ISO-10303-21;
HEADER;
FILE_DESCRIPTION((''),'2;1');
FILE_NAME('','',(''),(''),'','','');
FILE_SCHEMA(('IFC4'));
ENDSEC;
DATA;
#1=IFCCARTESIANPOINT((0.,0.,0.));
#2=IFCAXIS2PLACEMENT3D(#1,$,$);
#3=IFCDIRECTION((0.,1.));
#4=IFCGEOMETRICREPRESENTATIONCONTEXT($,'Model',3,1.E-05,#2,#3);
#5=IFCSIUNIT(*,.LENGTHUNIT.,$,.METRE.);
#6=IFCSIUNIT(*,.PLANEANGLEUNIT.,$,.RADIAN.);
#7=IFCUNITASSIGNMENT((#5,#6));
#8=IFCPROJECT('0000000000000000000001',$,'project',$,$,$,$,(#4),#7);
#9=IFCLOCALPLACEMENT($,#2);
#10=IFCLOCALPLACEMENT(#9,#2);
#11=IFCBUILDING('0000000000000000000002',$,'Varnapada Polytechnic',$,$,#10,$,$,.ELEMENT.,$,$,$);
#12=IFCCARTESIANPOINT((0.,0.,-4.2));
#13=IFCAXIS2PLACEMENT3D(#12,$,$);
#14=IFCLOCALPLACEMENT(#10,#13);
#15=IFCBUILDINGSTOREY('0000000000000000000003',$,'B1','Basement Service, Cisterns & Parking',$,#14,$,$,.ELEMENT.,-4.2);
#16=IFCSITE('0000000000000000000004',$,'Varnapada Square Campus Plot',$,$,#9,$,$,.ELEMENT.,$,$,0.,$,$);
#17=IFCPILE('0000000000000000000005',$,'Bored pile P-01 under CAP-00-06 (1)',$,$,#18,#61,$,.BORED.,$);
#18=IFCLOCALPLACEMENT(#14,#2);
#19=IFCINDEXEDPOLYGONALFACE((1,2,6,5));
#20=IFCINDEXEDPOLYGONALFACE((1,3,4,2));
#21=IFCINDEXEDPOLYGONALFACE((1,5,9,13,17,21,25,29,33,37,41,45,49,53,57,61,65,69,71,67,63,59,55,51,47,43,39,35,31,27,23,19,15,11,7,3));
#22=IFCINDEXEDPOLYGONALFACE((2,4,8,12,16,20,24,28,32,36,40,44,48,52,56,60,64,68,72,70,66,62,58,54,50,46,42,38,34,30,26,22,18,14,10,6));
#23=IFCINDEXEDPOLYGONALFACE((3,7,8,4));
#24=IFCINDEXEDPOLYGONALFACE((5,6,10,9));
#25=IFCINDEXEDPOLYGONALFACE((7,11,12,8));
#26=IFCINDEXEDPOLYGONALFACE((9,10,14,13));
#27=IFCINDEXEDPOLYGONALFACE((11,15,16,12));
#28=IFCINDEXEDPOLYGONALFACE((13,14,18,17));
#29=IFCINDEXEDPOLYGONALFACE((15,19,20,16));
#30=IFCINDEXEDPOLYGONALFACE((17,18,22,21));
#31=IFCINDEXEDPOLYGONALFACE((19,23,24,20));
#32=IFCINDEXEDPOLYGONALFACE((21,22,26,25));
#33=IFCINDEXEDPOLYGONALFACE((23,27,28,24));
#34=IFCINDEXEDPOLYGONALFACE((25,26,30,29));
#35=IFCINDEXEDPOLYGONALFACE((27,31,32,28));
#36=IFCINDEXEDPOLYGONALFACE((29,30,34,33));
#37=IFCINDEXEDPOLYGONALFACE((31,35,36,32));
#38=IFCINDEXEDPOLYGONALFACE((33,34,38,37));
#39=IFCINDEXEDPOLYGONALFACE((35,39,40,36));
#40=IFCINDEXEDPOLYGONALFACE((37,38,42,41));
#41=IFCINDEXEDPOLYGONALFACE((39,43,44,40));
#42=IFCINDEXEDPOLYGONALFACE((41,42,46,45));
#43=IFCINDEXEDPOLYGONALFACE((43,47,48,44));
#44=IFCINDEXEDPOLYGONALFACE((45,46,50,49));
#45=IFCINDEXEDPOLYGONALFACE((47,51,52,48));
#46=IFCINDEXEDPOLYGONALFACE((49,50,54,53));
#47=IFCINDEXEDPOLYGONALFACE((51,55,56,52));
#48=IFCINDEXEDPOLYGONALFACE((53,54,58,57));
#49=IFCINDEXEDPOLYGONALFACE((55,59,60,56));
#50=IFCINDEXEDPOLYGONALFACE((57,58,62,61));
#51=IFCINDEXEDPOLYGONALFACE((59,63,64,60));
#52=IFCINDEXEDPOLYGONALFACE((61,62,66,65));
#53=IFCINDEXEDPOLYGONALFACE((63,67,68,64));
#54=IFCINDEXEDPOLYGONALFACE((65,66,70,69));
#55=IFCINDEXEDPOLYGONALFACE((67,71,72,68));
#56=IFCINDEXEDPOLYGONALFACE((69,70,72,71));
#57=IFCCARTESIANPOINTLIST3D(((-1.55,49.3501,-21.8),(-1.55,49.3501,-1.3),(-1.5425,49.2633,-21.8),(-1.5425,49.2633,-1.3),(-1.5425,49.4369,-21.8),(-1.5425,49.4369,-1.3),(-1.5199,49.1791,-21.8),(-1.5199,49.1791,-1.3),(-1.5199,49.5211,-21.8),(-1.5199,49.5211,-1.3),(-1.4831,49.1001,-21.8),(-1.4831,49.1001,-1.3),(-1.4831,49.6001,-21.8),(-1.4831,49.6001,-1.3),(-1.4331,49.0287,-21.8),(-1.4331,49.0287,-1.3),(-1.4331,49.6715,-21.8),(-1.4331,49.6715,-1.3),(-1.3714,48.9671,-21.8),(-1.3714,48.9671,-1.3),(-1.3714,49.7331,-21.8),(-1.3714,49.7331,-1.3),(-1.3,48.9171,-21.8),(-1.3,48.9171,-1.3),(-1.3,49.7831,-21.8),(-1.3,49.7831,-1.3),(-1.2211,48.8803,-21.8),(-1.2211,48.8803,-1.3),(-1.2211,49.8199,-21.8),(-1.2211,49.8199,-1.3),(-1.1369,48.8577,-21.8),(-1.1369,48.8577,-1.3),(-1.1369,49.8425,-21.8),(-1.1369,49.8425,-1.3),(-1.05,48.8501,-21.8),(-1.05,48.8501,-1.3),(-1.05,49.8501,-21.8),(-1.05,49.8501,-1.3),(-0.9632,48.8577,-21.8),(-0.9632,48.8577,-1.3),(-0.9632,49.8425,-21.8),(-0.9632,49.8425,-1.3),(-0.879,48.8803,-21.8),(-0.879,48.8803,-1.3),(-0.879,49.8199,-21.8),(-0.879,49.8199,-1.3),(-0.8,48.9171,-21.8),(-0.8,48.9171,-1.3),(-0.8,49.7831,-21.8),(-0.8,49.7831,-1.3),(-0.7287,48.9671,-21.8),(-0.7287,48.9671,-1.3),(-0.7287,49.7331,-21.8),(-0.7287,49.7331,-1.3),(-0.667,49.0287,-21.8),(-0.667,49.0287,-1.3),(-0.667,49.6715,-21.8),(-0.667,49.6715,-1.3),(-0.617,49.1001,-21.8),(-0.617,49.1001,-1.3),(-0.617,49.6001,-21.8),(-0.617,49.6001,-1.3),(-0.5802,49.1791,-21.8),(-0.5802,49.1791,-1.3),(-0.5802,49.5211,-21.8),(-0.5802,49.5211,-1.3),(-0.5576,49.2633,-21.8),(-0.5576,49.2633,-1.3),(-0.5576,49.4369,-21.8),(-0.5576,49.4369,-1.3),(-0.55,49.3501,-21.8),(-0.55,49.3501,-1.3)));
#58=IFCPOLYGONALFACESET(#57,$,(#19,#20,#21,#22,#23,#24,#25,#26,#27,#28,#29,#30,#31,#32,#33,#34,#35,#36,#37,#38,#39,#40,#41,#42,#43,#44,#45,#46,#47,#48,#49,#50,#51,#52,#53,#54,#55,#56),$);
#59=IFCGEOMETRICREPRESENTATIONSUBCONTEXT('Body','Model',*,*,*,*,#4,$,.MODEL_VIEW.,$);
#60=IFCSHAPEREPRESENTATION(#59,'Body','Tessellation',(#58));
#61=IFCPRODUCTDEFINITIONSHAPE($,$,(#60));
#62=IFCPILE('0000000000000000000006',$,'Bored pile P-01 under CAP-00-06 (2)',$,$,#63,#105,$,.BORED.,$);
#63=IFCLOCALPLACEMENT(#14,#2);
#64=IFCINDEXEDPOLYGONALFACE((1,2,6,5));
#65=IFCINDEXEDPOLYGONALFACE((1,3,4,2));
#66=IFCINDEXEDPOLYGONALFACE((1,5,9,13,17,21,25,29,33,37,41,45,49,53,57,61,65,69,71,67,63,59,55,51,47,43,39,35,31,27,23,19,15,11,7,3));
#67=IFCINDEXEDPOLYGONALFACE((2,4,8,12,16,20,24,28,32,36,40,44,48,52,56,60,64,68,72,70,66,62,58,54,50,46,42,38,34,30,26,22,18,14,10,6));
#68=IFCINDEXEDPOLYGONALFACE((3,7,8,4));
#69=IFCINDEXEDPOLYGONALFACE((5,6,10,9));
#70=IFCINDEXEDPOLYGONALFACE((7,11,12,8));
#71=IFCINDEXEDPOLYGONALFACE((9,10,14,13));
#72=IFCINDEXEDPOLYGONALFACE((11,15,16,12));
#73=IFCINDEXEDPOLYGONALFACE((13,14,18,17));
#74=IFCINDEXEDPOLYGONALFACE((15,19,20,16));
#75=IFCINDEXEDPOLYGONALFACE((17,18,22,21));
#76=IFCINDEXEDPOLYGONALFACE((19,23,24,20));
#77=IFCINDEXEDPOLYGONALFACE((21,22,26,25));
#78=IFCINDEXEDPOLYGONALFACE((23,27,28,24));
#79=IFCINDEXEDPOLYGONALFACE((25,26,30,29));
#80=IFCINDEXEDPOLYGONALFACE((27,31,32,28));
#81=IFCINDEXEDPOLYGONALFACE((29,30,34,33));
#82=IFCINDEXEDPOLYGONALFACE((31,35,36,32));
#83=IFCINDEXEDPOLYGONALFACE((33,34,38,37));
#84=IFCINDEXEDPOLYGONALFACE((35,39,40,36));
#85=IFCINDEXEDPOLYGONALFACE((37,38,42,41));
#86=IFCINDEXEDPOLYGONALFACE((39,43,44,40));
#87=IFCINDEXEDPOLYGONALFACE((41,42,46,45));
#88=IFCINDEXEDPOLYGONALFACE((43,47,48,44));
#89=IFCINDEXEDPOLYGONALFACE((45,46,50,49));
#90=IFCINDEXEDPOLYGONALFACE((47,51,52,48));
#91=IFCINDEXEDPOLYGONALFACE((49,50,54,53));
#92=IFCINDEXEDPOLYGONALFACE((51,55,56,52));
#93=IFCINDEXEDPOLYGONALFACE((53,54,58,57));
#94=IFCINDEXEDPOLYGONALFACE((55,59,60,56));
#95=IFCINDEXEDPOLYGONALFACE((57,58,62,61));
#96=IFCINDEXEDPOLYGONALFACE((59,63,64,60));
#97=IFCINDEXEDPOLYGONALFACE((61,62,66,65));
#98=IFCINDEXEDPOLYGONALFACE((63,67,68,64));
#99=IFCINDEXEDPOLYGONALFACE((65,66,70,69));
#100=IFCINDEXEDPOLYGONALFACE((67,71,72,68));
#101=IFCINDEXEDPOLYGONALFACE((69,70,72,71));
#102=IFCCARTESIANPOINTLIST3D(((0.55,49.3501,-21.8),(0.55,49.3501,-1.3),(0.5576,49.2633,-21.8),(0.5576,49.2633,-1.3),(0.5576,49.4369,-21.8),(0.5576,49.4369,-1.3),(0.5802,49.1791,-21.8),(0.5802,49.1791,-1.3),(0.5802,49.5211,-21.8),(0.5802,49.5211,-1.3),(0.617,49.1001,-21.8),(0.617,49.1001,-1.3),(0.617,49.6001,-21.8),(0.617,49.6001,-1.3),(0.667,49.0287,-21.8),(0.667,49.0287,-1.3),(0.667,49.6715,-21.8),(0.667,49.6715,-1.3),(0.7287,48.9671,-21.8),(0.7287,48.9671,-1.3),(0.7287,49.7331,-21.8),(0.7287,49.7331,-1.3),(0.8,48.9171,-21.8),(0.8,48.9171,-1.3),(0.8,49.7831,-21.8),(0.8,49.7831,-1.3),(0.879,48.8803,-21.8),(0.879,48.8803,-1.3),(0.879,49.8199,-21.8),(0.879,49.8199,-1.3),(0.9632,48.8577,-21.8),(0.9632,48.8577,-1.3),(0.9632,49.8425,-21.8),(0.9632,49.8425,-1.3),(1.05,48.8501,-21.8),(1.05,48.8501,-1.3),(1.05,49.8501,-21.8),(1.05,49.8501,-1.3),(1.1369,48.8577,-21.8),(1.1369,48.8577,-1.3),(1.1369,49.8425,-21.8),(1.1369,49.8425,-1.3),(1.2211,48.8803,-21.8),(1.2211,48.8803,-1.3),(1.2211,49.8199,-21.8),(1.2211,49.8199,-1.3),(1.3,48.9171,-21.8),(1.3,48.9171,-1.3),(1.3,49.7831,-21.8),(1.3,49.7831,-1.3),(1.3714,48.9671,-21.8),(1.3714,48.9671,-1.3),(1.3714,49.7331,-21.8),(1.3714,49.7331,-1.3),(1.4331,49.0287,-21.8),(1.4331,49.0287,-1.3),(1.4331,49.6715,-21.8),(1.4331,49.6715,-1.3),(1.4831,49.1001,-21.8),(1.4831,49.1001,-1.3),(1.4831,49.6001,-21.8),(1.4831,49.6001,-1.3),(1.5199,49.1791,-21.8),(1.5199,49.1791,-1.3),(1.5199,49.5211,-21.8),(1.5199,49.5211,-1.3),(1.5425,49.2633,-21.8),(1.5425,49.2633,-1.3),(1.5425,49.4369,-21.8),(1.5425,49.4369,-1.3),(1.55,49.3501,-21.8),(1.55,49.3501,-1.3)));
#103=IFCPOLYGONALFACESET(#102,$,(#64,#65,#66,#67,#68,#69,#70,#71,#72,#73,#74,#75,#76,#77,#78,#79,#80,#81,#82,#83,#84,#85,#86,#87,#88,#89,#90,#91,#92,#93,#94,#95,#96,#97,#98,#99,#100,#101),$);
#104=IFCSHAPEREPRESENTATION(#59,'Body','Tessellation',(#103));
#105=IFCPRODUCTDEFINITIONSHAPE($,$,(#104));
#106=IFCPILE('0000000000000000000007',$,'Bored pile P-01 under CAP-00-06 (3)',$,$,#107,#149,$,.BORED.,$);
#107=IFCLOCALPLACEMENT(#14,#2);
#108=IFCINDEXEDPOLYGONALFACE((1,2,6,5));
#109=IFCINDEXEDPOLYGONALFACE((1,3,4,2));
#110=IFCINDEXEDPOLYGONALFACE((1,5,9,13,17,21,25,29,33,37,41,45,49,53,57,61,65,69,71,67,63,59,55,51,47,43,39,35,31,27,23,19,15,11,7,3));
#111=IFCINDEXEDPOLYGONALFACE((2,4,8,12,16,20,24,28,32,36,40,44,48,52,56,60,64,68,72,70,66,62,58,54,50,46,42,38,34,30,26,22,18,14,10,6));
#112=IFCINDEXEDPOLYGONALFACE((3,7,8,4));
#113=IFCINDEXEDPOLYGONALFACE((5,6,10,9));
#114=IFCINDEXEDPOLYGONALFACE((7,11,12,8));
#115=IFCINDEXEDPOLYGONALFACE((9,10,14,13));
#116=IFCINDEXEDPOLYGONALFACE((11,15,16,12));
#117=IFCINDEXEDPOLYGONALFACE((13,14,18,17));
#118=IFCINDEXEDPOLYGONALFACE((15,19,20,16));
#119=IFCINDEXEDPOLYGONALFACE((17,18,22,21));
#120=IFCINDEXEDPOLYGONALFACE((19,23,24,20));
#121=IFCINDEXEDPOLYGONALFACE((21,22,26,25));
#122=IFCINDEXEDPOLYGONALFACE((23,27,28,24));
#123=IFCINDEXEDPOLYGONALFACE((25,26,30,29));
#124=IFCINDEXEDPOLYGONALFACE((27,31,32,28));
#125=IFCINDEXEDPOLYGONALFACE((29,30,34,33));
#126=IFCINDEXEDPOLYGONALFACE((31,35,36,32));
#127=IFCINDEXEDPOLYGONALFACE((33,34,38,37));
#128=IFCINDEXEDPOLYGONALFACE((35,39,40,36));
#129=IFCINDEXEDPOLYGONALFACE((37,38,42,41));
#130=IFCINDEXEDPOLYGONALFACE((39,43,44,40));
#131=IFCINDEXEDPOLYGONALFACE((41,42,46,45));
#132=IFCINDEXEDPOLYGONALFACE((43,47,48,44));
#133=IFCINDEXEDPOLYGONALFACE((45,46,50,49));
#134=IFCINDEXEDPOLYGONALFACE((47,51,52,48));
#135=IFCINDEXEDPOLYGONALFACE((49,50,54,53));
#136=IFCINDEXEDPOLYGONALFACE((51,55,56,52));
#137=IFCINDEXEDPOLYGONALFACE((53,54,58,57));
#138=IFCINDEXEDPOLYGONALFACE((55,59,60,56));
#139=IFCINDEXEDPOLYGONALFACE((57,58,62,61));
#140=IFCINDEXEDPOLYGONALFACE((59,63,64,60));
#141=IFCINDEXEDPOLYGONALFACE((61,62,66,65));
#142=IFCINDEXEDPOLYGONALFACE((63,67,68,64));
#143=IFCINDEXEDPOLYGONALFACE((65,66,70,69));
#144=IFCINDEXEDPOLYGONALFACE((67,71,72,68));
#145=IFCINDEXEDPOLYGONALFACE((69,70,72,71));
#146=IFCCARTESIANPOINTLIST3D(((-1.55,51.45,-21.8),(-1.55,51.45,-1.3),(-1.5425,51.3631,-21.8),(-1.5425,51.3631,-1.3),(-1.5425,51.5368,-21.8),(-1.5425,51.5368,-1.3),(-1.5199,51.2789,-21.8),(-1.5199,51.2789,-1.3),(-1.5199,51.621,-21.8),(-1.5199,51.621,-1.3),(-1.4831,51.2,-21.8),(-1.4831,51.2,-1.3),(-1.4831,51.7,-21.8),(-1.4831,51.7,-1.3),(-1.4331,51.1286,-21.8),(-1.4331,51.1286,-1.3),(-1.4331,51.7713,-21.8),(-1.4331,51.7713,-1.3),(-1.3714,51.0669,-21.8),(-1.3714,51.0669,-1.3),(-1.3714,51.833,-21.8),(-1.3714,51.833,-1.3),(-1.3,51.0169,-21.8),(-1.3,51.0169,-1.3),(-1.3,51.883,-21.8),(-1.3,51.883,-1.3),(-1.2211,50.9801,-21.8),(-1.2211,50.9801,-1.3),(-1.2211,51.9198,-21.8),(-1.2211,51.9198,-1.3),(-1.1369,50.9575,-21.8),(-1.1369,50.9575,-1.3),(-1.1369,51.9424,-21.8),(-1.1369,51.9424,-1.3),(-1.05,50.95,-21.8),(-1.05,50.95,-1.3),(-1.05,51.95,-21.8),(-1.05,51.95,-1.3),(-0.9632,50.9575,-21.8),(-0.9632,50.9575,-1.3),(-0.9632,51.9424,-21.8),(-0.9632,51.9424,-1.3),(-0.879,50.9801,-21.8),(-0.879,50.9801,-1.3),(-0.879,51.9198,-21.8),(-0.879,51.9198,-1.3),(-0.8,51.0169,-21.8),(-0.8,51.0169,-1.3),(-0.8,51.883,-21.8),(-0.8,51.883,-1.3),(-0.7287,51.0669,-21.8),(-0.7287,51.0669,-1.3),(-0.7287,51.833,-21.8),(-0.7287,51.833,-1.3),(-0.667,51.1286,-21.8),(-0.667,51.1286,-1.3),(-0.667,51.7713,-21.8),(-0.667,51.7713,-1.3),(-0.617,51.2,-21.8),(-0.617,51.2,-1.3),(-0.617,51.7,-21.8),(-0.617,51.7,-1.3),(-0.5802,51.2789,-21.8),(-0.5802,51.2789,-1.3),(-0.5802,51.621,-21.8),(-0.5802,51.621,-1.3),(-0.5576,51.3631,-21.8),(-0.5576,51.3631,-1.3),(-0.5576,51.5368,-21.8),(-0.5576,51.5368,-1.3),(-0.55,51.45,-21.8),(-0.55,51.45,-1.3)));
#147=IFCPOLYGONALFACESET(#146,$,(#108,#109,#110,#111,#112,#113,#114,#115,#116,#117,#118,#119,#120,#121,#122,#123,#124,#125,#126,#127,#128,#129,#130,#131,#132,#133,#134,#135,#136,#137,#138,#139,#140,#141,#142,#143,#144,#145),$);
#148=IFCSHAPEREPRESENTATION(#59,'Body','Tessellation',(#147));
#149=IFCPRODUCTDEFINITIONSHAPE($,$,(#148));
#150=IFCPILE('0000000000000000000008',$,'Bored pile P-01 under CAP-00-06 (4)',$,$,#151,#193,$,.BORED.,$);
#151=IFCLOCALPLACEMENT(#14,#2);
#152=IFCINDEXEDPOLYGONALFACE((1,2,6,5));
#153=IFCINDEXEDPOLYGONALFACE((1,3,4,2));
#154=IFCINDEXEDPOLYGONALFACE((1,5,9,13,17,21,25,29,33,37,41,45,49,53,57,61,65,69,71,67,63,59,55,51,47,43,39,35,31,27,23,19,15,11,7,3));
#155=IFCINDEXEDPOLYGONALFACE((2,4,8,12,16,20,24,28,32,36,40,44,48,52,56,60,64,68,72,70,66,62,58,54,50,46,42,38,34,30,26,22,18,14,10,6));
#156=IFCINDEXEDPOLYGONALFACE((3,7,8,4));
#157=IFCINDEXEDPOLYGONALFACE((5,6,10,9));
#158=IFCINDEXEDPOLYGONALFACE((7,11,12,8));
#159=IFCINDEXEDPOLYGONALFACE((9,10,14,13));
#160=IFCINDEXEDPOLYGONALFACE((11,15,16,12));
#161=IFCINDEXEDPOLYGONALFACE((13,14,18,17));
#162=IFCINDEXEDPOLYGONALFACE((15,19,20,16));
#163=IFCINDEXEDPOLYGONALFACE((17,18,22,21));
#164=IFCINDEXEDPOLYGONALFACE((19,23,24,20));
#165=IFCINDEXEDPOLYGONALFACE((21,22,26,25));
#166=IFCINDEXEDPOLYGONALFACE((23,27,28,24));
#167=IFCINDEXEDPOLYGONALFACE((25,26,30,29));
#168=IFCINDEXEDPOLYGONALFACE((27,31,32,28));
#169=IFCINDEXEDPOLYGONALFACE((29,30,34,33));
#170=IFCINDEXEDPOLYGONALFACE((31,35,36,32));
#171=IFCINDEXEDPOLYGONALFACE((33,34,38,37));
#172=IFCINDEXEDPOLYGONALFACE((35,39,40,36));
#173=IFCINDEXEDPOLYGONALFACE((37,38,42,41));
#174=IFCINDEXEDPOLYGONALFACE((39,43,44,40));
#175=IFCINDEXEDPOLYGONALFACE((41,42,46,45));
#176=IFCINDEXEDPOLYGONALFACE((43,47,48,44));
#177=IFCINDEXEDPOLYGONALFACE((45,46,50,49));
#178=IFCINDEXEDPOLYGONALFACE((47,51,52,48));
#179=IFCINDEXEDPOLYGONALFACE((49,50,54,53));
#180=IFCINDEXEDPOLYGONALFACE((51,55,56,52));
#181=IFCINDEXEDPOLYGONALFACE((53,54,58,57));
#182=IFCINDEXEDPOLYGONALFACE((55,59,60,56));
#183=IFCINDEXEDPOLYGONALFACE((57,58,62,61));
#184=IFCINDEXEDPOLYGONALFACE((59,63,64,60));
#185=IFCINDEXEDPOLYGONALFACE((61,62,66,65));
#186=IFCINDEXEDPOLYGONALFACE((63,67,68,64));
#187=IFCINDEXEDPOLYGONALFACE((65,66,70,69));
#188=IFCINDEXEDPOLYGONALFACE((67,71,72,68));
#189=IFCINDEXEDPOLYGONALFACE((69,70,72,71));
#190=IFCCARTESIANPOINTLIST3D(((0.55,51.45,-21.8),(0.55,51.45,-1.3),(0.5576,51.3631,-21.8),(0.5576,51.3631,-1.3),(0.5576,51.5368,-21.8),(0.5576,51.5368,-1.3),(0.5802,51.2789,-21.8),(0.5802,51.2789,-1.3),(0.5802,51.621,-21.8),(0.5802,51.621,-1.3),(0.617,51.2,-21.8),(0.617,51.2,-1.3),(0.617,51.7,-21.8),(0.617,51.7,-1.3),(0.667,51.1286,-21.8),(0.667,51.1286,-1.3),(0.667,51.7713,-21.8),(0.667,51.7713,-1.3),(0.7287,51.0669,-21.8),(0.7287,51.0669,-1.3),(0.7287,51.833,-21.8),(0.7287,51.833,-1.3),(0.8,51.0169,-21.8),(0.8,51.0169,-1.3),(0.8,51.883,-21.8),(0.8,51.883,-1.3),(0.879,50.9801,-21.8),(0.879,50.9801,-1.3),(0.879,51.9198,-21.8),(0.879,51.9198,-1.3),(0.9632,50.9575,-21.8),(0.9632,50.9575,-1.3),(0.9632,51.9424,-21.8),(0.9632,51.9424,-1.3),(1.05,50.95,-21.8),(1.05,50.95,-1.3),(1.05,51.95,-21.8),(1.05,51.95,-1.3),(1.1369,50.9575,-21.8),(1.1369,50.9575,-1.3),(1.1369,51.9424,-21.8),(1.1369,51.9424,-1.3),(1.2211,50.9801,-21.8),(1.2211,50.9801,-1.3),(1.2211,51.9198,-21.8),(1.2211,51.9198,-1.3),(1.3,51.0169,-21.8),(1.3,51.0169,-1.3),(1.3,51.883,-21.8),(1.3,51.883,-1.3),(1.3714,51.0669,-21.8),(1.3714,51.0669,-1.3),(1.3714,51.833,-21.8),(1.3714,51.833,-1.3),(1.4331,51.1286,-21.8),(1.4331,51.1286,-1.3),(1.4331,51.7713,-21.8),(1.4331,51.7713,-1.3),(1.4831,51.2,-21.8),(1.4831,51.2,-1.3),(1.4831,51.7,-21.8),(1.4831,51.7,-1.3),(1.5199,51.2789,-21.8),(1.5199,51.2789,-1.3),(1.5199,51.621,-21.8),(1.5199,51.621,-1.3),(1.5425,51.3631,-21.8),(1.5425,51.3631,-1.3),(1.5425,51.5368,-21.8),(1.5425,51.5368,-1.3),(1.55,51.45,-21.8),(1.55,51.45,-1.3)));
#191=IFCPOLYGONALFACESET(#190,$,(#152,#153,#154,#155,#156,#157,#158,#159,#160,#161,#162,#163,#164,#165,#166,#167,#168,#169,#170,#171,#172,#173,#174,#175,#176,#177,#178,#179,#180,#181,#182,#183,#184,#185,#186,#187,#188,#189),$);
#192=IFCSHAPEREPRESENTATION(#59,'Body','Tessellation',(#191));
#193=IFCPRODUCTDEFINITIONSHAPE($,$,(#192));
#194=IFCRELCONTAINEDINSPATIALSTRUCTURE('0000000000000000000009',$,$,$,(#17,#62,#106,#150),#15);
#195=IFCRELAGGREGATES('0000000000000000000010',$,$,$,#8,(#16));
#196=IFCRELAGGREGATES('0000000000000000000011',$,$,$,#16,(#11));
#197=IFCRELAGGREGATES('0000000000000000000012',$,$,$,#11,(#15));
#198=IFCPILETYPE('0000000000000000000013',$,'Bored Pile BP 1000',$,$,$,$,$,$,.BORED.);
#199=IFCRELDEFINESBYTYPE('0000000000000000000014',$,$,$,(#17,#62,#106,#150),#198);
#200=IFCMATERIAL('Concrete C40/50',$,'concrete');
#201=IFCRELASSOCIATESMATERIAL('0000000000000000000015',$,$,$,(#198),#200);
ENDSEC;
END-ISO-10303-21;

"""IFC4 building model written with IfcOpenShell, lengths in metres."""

from ifc_helpers import new_model, si_unit, direction, frame, origin, origin_2d, place, context, subcontext, project, spatial, circle, extrude, material, material_profile, profile_set, type_object, element, save


model = new_model("IFC4")

# Units and contexts
model_context = context("Model", 3, precision=1e-05, world=origin(), true_north=direction((0.0, 1.0)))
body_context = subcontext(model_context, "Body", "Model", "MODEL_VIEW")
ifc_project = project(units=[si_unit("LENGTHUNIT", "METRE"), si_unit("PLANEANGLEUNIT", "RADIAN")], contexts=[model_context])

# Site, building, storey
site_placement = place(None, origin())
site = spatial("IfcSite", under=ifc_project, at=site_placement, Name="Varnapada Square Campus Plot", CompositionType="ELEMENT", RefElevation=0.0)
building_placement = place(site_placement, origin())
building = spatial("IfcBuilding", under=site, at=building_placement, Name="Varnapada Polytechnic", CompositionType="ELEMENT")
storey_placement = place(building_placement, frame((0.0, 0.0, -4.2)))
storey = spatial("IfcBuildingStorey", under=building, at=storey_placement, Name="B1", Description="Basement Service, Cisterns & Parking", CompositionType="ELEMENT", Elevation=-4.2)

# Piles
ifc_material_1 = material(Name="Concrete C40/50", Category="concrete")
ifc_material_profile_1 = material_profile(ifc_material_1, circle(Radius=0.5, at=origin_2d()), Name="BP 1000")
ifc_profile_set_1 = profile_set([ifc_material_profile_1], Name="Concrete C40/50")
pile_type_1 = type_object("IfcPileType", Name="Bored Pile BP 1000", PredefinedType="BORED", material=ifc_profile_set_1)
for number, where, z_axis, x_axis, name in (
    (1, (-1.05, 49.3501, -1.3), (0.0, 0.0, -1.0), (1.0, 0.0, 0.0), "Bored pile P-01 under CAP-00-06 (1)"),
    (2, (1.05, 49.3501, -1.3), (0.0, 0.0, -1.0), (1.0, 0.0, 0.0), "Bored pile P-01 under CAP-00-06 (2)"),
    (3, (-1.05, 51.45, -1.3), (0.0, 0.0, -1.0), (1.0, 0.0, 0.0), "Bored pile P-01 under CAP-00-06 (3)"),
    (4, (1.05, 51.45, -1.3), (0.0, 0.0, -1.0), (1.0, 0.0, 0.0), "Bored pile P-01 under CAP-00-06 (4)"),
):
    element("IfcPile", number, at=place(storey_placement, frame(where, z_axis=z_axis, x_axis=x_axis)), inside=storey, type_object=pile_type_1, Name=name, PredefinedType="BORED", context=body_context, shape_type="SweptSolid", body=[
        extrude(circle(Radius=0.5, at=origin_2d()), origin(), (0.0, 0.0, 1.0), 20.5),
    ])

save(model, "model.ifc")
